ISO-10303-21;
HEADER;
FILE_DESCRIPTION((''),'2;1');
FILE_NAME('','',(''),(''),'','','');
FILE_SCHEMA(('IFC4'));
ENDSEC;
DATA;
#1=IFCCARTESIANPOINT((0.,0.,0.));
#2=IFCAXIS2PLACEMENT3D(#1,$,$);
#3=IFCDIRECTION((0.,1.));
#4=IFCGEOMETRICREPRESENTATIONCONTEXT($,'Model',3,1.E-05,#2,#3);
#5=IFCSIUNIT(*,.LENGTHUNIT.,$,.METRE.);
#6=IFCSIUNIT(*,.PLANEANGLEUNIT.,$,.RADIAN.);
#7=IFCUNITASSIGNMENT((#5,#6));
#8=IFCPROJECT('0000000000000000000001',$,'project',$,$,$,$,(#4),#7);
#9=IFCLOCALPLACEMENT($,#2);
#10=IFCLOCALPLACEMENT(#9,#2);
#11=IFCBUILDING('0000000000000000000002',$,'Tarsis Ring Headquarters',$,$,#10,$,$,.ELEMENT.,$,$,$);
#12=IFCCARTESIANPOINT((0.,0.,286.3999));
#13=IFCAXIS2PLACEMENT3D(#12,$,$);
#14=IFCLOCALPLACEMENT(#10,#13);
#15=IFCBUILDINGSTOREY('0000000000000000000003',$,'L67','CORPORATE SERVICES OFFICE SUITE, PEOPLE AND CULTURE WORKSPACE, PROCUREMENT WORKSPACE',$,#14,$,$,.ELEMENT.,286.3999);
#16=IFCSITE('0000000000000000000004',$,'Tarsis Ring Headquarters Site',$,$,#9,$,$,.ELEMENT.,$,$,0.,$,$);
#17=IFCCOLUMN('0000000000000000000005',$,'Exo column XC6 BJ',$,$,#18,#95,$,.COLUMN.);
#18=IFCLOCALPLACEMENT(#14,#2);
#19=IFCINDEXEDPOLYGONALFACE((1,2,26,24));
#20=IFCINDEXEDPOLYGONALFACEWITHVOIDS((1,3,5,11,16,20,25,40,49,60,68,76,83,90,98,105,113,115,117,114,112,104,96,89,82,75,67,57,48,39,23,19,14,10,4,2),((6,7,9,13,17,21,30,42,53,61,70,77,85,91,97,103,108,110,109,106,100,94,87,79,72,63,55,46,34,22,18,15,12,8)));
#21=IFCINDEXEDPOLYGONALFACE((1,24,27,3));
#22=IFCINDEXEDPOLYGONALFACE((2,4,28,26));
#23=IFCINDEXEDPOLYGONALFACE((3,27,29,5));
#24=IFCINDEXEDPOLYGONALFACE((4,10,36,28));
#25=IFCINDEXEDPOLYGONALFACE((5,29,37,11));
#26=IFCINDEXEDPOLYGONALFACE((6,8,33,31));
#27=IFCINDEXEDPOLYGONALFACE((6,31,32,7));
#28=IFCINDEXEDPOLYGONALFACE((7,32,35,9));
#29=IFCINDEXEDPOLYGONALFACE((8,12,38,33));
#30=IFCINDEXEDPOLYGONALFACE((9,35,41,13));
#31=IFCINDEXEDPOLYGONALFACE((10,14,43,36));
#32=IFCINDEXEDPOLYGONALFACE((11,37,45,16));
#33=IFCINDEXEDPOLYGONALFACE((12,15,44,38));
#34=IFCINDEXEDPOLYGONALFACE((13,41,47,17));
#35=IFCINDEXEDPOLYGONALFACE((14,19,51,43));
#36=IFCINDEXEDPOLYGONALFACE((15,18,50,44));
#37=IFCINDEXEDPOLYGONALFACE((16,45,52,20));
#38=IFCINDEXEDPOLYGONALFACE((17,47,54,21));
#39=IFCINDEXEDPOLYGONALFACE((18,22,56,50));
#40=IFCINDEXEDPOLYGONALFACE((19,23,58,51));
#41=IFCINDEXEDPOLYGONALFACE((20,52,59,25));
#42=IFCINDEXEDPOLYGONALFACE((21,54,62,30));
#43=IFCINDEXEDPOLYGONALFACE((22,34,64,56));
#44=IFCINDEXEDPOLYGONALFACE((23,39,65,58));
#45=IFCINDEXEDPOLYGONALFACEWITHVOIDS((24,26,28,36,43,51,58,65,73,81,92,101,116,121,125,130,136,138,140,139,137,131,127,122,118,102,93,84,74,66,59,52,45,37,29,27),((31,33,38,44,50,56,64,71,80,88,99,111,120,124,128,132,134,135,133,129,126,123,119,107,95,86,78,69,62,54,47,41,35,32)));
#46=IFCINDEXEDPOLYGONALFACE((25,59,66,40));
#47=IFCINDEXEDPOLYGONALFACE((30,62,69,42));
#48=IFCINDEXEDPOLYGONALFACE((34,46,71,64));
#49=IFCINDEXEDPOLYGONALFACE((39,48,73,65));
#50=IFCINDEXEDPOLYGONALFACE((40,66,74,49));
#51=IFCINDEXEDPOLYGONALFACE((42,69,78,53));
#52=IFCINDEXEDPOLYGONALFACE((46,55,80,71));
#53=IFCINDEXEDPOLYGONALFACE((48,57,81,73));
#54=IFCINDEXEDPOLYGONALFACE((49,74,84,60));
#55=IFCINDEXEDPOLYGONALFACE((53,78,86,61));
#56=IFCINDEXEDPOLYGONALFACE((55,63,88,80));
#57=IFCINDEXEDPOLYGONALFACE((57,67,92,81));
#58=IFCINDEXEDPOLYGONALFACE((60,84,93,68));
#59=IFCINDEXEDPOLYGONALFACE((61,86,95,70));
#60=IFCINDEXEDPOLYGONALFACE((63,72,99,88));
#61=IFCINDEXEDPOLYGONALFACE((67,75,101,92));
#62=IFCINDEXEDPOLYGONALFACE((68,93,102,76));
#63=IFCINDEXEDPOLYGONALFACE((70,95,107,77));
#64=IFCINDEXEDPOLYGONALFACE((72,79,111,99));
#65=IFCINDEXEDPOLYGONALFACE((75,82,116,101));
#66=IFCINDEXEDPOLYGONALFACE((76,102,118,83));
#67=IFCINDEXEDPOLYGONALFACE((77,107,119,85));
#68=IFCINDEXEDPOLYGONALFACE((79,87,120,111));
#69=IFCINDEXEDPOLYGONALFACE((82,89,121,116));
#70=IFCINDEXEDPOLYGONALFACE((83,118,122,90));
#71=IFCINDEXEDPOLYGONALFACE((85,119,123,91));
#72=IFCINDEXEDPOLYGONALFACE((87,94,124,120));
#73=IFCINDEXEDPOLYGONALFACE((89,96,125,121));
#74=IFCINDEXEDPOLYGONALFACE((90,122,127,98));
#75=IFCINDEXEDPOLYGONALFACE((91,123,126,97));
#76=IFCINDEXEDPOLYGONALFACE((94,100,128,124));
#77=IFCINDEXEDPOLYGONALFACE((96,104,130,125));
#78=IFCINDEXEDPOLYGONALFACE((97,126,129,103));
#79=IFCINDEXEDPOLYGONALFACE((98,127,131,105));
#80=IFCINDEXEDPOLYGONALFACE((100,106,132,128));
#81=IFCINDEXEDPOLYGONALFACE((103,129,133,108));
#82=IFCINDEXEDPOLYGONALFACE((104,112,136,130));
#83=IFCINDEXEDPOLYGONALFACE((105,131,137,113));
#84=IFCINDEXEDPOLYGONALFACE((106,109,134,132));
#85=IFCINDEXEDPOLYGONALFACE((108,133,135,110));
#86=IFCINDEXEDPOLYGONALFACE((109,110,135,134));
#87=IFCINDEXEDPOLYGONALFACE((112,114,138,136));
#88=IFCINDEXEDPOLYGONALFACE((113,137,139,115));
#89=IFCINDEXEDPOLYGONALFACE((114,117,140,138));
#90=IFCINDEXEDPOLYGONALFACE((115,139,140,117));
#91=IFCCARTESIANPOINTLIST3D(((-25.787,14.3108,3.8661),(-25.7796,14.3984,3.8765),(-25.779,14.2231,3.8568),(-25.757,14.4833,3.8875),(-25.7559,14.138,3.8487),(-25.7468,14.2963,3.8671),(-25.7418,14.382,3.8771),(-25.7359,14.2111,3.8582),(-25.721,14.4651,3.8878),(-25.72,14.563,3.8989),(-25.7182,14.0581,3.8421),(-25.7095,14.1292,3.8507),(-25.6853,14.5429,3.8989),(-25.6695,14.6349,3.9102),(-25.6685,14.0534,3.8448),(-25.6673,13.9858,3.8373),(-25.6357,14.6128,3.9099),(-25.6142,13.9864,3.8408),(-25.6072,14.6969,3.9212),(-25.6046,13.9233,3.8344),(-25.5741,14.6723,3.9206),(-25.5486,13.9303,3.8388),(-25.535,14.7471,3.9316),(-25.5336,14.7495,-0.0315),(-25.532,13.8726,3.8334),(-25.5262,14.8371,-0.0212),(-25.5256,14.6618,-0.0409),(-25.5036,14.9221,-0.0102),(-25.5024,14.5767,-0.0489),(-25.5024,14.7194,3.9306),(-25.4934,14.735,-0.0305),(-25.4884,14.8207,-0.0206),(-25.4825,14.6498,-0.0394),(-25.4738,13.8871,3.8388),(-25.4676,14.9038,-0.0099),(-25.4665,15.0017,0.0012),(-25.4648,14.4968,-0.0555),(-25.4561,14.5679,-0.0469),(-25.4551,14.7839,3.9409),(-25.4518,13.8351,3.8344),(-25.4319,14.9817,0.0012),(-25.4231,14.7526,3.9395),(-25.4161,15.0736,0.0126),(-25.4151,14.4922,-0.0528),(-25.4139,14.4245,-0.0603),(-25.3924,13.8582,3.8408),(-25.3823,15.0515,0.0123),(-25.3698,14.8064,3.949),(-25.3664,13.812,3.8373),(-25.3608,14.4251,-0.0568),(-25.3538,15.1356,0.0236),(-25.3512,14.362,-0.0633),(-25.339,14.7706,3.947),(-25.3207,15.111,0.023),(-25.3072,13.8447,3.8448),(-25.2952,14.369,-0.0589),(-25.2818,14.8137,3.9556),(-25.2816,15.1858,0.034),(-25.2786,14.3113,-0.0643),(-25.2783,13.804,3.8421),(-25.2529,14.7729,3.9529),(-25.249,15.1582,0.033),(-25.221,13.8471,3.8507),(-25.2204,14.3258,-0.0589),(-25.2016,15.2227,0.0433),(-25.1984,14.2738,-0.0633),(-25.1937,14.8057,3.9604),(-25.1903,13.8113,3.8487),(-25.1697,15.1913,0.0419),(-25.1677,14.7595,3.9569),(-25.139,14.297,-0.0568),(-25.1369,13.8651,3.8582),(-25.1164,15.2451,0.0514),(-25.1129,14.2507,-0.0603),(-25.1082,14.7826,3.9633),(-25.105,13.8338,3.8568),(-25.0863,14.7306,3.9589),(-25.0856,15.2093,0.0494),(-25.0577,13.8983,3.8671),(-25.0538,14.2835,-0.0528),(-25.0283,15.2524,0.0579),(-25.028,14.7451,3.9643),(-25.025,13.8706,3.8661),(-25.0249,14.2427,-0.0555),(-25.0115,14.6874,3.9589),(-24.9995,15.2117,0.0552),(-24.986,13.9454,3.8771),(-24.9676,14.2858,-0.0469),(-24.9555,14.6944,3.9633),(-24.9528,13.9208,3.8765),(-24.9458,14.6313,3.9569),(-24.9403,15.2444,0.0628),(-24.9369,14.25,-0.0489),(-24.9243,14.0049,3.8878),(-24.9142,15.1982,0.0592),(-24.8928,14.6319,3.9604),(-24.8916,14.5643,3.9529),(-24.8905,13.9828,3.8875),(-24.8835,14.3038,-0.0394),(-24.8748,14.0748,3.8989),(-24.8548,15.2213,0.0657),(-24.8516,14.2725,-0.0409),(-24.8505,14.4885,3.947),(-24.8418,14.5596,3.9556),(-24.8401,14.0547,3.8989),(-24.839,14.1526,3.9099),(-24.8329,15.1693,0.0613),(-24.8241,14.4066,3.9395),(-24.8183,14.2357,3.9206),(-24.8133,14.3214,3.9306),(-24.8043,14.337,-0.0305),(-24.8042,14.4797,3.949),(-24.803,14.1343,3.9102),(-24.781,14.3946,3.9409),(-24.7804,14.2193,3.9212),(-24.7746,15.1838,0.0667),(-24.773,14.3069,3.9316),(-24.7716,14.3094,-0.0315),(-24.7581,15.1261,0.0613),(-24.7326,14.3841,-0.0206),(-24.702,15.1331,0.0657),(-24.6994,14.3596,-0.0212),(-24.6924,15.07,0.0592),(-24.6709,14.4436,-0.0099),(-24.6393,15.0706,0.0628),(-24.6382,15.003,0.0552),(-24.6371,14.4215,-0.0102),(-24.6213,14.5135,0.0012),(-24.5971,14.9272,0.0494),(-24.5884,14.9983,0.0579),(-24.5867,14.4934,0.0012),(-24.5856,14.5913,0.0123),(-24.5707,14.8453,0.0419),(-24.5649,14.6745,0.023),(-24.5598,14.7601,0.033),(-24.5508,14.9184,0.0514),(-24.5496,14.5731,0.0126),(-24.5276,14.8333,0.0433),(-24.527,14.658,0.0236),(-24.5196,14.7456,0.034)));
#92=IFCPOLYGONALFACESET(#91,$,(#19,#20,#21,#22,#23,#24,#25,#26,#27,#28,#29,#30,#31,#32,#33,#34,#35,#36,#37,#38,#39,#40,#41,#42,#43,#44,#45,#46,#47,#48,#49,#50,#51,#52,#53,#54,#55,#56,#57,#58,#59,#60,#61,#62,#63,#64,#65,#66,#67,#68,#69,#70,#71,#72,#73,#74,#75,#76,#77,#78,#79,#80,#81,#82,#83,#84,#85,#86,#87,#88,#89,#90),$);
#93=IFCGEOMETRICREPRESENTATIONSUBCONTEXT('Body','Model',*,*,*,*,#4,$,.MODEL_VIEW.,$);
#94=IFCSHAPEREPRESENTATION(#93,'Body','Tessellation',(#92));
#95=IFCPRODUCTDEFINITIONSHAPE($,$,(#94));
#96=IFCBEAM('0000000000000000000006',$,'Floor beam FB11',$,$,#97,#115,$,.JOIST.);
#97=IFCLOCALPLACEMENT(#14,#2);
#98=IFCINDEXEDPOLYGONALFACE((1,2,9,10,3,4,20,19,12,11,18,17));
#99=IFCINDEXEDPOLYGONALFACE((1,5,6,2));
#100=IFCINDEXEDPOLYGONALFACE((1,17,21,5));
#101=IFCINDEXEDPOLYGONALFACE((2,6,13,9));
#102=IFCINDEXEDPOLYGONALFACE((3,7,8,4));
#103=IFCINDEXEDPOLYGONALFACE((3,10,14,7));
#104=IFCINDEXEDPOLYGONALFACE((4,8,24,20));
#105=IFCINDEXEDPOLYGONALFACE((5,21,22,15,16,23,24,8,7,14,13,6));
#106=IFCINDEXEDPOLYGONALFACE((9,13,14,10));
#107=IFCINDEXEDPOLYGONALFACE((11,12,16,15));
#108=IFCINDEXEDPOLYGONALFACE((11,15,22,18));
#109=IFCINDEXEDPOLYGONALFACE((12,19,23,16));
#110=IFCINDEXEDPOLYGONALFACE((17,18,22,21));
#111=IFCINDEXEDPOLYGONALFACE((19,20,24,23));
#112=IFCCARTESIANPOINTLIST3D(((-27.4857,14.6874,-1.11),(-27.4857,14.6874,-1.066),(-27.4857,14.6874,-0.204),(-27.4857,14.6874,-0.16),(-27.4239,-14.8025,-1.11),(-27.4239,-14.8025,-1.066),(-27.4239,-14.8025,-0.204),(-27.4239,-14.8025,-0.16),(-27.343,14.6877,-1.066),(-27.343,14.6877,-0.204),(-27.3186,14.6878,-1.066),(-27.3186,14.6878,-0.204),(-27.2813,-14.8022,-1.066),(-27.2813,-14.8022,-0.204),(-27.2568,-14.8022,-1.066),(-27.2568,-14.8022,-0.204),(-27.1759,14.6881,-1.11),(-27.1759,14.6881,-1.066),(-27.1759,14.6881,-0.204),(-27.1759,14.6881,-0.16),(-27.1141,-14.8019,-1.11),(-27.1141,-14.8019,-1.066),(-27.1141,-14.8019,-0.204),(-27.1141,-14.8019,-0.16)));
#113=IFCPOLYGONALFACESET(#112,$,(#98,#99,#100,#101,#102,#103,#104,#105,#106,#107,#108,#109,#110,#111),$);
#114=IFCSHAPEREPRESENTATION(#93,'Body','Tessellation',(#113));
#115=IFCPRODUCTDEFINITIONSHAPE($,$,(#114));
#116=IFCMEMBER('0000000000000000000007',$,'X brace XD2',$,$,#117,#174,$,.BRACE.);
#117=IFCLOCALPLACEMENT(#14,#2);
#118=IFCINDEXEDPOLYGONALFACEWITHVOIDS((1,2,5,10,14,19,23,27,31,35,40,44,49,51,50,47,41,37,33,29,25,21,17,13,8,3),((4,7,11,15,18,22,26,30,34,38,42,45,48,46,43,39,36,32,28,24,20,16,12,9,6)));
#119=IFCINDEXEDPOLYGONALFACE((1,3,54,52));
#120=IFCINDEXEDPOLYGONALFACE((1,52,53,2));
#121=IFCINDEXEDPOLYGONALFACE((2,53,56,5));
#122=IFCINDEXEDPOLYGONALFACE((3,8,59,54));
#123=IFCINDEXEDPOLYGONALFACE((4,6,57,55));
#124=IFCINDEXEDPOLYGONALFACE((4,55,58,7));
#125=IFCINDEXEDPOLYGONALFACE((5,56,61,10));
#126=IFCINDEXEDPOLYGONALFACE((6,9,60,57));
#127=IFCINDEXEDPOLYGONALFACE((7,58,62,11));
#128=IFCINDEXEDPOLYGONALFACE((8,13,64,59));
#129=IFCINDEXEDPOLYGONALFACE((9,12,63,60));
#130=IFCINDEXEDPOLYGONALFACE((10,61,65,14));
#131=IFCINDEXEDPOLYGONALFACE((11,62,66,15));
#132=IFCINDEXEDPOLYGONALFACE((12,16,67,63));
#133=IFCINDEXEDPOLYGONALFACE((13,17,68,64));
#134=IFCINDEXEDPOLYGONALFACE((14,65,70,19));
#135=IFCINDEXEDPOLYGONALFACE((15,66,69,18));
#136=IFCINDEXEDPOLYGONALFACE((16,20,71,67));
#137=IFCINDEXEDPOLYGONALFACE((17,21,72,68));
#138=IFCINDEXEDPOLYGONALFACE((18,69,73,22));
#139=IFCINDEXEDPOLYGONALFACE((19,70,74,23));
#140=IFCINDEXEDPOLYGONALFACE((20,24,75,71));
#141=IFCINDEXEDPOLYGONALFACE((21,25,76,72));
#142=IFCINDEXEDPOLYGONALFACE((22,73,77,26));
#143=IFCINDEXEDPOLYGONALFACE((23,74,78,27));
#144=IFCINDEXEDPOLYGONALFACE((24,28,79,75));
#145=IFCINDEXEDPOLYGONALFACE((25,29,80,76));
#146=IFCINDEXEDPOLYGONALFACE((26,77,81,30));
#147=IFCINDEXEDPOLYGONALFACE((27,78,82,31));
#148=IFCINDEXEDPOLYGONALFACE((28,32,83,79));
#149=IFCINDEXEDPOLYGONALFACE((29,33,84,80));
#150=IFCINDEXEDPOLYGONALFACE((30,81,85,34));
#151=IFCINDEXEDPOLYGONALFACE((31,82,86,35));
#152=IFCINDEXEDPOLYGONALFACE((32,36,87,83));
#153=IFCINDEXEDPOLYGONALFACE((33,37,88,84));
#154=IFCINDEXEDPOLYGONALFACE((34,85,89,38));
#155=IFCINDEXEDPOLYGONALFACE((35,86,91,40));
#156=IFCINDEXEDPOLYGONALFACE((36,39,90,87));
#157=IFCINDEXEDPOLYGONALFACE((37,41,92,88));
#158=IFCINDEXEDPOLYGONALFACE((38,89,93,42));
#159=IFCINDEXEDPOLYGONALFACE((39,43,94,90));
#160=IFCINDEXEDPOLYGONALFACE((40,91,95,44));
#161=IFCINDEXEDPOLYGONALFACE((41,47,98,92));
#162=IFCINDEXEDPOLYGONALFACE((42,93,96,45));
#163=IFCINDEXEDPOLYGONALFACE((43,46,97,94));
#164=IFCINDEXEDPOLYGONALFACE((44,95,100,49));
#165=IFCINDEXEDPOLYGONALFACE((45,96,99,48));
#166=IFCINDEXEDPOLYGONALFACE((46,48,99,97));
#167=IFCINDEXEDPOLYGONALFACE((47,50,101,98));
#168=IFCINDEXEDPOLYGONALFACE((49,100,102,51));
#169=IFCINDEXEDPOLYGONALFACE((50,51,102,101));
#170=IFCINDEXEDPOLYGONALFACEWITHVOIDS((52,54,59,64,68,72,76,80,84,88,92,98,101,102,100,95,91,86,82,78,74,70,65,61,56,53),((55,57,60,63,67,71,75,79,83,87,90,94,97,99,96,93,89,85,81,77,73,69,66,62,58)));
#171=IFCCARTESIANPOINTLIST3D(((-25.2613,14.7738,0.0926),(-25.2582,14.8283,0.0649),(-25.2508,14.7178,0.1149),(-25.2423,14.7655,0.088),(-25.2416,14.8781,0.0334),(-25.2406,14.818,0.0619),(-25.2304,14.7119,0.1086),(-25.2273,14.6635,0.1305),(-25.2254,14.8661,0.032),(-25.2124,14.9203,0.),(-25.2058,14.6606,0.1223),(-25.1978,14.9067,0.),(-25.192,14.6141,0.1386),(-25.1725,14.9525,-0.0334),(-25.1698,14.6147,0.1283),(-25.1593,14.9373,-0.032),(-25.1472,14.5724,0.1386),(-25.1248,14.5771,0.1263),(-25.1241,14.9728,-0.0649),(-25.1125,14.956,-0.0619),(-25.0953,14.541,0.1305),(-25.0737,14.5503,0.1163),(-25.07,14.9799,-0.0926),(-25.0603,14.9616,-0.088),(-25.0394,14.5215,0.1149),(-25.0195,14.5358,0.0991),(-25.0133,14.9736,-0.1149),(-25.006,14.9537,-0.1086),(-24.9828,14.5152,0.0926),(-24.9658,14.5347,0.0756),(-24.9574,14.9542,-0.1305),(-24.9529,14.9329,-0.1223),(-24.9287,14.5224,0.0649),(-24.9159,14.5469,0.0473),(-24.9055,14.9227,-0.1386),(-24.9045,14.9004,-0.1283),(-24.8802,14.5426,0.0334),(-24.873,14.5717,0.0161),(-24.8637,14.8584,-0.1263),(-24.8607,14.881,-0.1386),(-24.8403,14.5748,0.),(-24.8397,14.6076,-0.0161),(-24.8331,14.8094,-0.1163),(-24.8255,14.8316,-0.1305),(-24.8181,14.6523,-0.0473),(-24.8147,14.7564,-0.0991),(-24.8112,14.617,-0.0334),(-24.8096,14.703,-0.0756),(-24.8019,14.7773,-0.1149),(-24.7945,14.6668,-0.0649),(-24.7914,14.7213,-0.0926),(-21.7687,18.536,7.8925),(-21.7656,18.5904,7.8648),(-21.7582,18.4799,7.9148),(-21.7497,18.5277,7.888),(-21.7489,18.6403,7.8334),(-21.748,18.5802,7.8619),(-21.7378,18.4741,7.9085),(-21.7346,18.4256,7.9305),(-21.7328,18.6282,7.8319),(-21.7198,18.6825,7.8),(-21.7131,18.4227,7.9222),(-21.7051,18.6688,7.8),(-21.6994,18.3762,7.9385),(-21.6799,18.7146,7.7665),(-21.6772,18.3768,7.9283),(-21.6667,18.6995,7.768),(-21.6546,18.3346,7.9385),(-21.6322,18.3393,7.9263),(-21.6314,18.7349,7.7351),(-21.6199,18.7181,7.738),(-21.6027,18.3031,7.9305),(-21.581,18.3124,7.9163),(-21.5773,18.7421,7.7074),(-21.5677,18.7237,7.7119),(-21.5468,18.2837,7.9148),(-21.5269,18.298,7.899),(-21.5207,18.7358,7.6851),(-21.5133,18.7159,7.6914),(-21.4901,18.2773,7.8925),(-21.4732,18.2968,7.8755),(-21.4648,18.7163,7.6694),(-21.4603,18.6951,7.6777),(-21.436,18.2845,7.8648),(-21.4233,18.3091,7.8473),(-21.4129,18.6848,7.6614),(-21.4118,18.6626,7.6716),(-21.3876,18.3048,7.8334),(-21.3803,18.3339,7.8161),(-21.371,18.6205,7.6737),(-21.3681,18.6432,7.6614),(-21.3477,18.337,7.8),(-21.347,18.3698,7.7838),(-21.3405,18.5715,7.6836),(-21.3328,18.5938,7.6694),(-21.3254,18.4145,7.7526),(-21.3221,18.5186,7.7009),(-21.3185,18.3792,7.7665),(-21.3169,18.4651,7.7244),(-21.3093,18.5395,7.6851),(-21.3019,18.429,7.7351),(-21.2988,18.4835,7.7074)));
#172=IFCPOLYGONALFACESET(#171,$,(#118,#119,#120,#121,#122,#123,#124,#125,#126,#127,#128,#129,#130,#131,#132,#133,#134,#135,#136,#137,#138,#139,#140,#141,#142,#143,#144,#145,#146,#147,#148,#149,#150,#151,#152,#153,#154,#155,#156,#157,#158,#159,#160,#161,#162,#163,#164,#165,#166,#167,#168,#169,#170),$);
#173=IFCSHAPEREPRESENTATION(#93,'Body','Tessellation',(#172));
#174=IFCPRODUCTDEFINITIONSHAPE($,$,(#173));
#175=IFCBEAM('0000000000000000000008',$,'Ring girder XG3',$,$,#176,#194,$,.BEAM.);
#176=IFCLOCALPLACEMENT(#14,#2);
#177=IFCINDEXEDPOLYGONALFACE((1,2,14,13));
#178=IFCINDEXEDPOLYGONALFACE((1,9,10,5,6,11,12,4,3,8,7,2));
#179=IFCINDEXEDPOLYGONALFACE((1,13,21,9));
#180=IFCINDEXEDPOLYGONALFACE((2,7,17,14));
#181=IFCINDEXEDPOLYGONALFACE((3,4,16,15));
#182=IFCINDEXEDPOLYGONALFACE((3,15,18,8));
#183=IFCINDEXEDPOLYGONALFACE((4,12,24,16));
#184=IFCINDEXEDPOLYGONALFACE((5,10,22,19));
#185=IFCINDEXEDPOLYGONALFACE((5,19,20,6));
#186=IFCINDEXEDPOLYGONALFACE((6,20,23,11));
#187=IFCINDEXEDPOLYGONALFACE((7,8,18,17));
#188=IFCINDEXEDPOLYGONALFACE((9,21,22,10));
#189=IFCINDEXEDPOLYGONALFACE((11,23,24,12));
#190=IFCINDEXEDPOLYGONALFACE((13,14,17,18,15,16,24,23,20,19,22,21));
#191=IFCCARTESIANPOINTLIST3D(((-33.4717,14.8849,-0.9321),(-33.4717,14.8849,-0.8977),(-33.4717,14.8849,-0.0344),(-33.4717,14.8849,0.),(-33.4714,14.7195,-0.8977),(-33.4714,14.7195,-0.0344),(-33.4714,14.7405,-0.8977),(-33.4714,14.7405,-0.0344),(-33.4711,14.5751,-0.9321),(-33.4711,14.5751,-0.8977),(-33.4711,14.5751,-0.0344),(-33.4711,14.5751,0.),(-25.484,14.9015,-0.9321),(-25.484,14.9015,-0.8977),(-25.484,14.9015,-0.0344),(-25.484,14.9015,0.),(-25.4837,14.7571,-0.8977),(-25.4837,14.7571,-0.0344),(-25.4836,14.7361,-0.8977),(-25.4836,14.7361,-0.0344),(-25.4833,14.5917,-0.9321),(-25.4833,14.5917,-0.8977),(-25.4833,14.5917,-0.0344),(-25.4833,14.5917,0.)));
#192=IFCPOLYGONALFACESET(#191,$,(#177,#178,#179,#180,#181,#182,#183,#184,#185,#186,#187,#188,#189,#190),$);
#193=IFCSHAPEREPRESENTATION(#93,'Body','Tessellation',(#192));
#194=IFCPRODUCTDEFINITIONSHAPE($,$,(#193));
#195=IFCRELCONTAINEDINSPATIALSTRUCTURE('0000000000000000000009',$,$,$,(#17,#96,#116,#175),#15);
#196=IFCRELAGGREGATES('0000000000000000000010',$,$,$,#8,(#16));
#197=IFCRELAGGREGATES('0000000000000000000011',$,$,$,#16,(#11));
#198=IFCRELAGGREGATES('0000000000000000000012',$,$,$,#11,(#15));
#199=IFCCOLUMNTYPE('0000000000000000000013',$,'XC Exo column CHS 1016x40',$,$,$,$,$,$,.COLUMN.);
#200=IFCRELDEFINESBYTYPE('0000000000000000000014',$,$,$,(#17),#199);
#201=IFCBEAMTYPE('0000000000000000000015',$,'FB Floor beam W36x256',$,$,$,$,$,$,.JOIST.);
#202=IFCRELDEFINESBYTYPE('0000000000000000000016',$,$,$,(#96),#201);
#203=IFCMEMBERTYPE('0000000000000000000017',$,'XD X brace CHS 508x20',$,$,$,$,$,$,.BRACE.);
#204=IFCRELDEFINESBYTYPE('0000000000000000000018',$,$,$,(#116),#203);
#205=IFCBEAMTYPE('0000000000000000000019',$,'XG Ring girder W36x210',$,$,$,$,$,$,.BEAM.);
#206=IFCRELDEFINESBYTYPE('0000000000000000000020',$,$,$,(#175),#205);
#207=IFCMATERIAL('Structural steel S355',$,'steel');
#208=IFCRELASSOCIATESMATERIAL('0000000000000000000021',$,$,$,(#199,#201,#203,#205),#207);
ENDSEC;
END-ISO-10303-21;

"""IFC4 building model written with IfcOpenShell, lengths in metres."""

from ifc_helpers import new_model, si_unit, direction, frame, origin, origin_2d, place, context, subcontext, project, spatial, hollow_circle, i_section, extrude, material, material_profile, profile_set, type_object, element, save


model = new_model("IFC4")

# Units and contexts
model_context = context("Model", 3, precision=1e-05, world=origin(), true_north=direction((0.0, 1.0)))
body_context = subcontext(model_context, "Body", "Model", "MODEL_VIEW")
ifc_project = project(units=[si_unit("LENGTHUNIT", "METRE"), si_unit("PLANEANGLEUNIT", "RADIAN")], contexts=[model_context])

# Site, building, storey
site_placement = place(None, origin())
site = spatial("IfcSite", under=ifc_project, at=site_placement, Name="Tarsis Ring Headquarters Site", CompositionType="ELEMENT", RefElevation=0.0)
building_placement = place(site_placement, origin())
building = spatial("IfcBuilding", under=site, at=building_placement, Name="Tarsis Ring Headquarters", CompositionType="ELEMENT")
storey_placement = place(building_placement, frame((0.0, 0.0, 286.3999)))
storey = spatial("IfcBuildingStorey", under=building, at=storey_placement, Name="L67", Description="CORPORATE SERVICES OFFICE SUITE, PEOPLE AND CULTURE WORKSPACE, PROCUREMENT WORKSPACE", CompositionType="ELEMENT", Elevation=286.3999)

# Column
ifc_material_1 = material(Name="Structural steel S355", Category="steel")
ifc_material_profile_1 = material_profile(ifc_material_1, hollow_circle(Radius=0.5081, WallThickness=0.04, at=origin_2d()), Name="CHS 1016x40")
ifc_profile_set_1 = profile_set([ifc_material_profile_1], Name="Structural steel S355")
column_type = type_object("IfcColumnType", Name="XC Exo column CHS 1016x40", PredefinedType="COLUMN", material=ifc_profile_set_1)
column_placement = place(storey_placement, frame((-25.0266, 14.7476, 0.0012), z_axis=(-0.064475, -0.11162, 0.991657), x_axis=(0.865921, -0.500181, 0.0)))
element("IfcColumn", 1, at=column_placement, inside=storey, type_object=column_type, Name="Exo column XC6 BJ", PredefinedType="COLUMN", context=body_context, shape_type="SweptSolid", body=[
    extrude(hollow_circle(Radius=0.5081, WallThickness=0.04, at=origin_2d()), origin(), (0.0, 0.0, 1.0), 3.9304),
])

# Beam
ifc_material_profile_2 = material_profile(ifc_material_1, i_section(OverallWidth=0.3098, OverallDepth=0.95, WebThickness=0.0244, FlangeThickness=0.0439, at=origin_2d()), Name="W36x256")
ifc_profile_set_2 = profile_set([ifc_material_profile_2], Name="Structural steel S355")
beam_type_1 = type_object("IfcBeamType", Name="FB Floor beam W36x256", PredefinedType="JOIST", material=ifc_profile_set_2)
beam_1_placement = place(storey_placement, frame((-27.3308, 14.6877, -0.635), z_axis=(0.002095, -0.999998, 0.0), x_axis=(0.999998, 0.002095, 0.0)))
element("IfcBeam", 2, at=beam_1_placement, inside=storey, type_object=beam_type_1, Name="Floor beam FB11", PredefinedType="JOIST", context=body_context, shape_type="SweptSolid", body=[
    extrude(i_section(OverallWidth=0.3098, OverallDepth=0.95, WebThickness=0.0244, FlangeThickness=0.0439, at=origin_2d()), origin(), (0.0, 0.0, 1.0), 29.49),
])

# Member
ifc_material_profile_3 = material_profile(ifc_material_1, hollow_circle(Radius=0.2539, WallThickness=0.02, at=origin_2d()), Name="CHS 508x20")
ifc_profile_set_3 = profile_set([ifc_material_profile_3], Name="Structural steel S355")
member_type = type_object("IfcMemberType", Name="XD X brace CHS 508x20", PredefinedType="BRACE", material=ifc_profile_set_3)
member_placement = place(storey_placement, frame((-25.0264, 14.7476, 0.0), z_axis=(0.374038, 0.402903, 0.835323), x_axis=(-0.732871, 0.680367, 0.0)))
element("IfcMember", 3, at=member_placement, inside=storey, type_object=member_type, Name="X brace XD2", PredefinedType="BRACE", context=body_context, shape_type="SweptSolid", body=[
    extrude(hollow_circle(Radius=0.2539, WallThickness=0.02, at=origin_2d()), origin(), (0.0, 0.0, 1.0), 9.3376),
])

# Beam
ifc_material_profile_4 = material_profile(ifc_material_1, i_section(OverallWidth=0.3098, OverallDepth=0.9321, WebThickness=0.021, FlangeThickness=0.0344, at=origin_2d()), Name="W36x210")
ifc_profile_set_4 = profile_set([ifc_material_profile_4], Name="Structural steel S355")
beam_type_2 = type_object("IfcBeamType", Name="XG Ring girder W36x210", PredefinedType="BEAM", material=ifc_profile_set_4)
beam_2_placement = place(storey_placement, frame((-25.4836, 14.7466, -0.4661), z_axis=(-0.999998, -0.002078, 0.0), x_axis=(0.002078, -0.999998, 0.0)))
element("IfcBeam", 4, at=beam_2_placement, inside=storey, type_object=beam_type_2, Name="Ring girder XG3", PredefinedType="BEAM", context=body_context, shape_type="SweptSolid", body=[
    extrude(i_section(OverallWidth=0.3098, OverallDepth=0.9321, WebThickness=0.021, FlangeThickness=0.0344, at=origin_2d()), origin(), (0.0, 0.0, 1.0), 7.9878),
])

save(model, "model.ifc")
